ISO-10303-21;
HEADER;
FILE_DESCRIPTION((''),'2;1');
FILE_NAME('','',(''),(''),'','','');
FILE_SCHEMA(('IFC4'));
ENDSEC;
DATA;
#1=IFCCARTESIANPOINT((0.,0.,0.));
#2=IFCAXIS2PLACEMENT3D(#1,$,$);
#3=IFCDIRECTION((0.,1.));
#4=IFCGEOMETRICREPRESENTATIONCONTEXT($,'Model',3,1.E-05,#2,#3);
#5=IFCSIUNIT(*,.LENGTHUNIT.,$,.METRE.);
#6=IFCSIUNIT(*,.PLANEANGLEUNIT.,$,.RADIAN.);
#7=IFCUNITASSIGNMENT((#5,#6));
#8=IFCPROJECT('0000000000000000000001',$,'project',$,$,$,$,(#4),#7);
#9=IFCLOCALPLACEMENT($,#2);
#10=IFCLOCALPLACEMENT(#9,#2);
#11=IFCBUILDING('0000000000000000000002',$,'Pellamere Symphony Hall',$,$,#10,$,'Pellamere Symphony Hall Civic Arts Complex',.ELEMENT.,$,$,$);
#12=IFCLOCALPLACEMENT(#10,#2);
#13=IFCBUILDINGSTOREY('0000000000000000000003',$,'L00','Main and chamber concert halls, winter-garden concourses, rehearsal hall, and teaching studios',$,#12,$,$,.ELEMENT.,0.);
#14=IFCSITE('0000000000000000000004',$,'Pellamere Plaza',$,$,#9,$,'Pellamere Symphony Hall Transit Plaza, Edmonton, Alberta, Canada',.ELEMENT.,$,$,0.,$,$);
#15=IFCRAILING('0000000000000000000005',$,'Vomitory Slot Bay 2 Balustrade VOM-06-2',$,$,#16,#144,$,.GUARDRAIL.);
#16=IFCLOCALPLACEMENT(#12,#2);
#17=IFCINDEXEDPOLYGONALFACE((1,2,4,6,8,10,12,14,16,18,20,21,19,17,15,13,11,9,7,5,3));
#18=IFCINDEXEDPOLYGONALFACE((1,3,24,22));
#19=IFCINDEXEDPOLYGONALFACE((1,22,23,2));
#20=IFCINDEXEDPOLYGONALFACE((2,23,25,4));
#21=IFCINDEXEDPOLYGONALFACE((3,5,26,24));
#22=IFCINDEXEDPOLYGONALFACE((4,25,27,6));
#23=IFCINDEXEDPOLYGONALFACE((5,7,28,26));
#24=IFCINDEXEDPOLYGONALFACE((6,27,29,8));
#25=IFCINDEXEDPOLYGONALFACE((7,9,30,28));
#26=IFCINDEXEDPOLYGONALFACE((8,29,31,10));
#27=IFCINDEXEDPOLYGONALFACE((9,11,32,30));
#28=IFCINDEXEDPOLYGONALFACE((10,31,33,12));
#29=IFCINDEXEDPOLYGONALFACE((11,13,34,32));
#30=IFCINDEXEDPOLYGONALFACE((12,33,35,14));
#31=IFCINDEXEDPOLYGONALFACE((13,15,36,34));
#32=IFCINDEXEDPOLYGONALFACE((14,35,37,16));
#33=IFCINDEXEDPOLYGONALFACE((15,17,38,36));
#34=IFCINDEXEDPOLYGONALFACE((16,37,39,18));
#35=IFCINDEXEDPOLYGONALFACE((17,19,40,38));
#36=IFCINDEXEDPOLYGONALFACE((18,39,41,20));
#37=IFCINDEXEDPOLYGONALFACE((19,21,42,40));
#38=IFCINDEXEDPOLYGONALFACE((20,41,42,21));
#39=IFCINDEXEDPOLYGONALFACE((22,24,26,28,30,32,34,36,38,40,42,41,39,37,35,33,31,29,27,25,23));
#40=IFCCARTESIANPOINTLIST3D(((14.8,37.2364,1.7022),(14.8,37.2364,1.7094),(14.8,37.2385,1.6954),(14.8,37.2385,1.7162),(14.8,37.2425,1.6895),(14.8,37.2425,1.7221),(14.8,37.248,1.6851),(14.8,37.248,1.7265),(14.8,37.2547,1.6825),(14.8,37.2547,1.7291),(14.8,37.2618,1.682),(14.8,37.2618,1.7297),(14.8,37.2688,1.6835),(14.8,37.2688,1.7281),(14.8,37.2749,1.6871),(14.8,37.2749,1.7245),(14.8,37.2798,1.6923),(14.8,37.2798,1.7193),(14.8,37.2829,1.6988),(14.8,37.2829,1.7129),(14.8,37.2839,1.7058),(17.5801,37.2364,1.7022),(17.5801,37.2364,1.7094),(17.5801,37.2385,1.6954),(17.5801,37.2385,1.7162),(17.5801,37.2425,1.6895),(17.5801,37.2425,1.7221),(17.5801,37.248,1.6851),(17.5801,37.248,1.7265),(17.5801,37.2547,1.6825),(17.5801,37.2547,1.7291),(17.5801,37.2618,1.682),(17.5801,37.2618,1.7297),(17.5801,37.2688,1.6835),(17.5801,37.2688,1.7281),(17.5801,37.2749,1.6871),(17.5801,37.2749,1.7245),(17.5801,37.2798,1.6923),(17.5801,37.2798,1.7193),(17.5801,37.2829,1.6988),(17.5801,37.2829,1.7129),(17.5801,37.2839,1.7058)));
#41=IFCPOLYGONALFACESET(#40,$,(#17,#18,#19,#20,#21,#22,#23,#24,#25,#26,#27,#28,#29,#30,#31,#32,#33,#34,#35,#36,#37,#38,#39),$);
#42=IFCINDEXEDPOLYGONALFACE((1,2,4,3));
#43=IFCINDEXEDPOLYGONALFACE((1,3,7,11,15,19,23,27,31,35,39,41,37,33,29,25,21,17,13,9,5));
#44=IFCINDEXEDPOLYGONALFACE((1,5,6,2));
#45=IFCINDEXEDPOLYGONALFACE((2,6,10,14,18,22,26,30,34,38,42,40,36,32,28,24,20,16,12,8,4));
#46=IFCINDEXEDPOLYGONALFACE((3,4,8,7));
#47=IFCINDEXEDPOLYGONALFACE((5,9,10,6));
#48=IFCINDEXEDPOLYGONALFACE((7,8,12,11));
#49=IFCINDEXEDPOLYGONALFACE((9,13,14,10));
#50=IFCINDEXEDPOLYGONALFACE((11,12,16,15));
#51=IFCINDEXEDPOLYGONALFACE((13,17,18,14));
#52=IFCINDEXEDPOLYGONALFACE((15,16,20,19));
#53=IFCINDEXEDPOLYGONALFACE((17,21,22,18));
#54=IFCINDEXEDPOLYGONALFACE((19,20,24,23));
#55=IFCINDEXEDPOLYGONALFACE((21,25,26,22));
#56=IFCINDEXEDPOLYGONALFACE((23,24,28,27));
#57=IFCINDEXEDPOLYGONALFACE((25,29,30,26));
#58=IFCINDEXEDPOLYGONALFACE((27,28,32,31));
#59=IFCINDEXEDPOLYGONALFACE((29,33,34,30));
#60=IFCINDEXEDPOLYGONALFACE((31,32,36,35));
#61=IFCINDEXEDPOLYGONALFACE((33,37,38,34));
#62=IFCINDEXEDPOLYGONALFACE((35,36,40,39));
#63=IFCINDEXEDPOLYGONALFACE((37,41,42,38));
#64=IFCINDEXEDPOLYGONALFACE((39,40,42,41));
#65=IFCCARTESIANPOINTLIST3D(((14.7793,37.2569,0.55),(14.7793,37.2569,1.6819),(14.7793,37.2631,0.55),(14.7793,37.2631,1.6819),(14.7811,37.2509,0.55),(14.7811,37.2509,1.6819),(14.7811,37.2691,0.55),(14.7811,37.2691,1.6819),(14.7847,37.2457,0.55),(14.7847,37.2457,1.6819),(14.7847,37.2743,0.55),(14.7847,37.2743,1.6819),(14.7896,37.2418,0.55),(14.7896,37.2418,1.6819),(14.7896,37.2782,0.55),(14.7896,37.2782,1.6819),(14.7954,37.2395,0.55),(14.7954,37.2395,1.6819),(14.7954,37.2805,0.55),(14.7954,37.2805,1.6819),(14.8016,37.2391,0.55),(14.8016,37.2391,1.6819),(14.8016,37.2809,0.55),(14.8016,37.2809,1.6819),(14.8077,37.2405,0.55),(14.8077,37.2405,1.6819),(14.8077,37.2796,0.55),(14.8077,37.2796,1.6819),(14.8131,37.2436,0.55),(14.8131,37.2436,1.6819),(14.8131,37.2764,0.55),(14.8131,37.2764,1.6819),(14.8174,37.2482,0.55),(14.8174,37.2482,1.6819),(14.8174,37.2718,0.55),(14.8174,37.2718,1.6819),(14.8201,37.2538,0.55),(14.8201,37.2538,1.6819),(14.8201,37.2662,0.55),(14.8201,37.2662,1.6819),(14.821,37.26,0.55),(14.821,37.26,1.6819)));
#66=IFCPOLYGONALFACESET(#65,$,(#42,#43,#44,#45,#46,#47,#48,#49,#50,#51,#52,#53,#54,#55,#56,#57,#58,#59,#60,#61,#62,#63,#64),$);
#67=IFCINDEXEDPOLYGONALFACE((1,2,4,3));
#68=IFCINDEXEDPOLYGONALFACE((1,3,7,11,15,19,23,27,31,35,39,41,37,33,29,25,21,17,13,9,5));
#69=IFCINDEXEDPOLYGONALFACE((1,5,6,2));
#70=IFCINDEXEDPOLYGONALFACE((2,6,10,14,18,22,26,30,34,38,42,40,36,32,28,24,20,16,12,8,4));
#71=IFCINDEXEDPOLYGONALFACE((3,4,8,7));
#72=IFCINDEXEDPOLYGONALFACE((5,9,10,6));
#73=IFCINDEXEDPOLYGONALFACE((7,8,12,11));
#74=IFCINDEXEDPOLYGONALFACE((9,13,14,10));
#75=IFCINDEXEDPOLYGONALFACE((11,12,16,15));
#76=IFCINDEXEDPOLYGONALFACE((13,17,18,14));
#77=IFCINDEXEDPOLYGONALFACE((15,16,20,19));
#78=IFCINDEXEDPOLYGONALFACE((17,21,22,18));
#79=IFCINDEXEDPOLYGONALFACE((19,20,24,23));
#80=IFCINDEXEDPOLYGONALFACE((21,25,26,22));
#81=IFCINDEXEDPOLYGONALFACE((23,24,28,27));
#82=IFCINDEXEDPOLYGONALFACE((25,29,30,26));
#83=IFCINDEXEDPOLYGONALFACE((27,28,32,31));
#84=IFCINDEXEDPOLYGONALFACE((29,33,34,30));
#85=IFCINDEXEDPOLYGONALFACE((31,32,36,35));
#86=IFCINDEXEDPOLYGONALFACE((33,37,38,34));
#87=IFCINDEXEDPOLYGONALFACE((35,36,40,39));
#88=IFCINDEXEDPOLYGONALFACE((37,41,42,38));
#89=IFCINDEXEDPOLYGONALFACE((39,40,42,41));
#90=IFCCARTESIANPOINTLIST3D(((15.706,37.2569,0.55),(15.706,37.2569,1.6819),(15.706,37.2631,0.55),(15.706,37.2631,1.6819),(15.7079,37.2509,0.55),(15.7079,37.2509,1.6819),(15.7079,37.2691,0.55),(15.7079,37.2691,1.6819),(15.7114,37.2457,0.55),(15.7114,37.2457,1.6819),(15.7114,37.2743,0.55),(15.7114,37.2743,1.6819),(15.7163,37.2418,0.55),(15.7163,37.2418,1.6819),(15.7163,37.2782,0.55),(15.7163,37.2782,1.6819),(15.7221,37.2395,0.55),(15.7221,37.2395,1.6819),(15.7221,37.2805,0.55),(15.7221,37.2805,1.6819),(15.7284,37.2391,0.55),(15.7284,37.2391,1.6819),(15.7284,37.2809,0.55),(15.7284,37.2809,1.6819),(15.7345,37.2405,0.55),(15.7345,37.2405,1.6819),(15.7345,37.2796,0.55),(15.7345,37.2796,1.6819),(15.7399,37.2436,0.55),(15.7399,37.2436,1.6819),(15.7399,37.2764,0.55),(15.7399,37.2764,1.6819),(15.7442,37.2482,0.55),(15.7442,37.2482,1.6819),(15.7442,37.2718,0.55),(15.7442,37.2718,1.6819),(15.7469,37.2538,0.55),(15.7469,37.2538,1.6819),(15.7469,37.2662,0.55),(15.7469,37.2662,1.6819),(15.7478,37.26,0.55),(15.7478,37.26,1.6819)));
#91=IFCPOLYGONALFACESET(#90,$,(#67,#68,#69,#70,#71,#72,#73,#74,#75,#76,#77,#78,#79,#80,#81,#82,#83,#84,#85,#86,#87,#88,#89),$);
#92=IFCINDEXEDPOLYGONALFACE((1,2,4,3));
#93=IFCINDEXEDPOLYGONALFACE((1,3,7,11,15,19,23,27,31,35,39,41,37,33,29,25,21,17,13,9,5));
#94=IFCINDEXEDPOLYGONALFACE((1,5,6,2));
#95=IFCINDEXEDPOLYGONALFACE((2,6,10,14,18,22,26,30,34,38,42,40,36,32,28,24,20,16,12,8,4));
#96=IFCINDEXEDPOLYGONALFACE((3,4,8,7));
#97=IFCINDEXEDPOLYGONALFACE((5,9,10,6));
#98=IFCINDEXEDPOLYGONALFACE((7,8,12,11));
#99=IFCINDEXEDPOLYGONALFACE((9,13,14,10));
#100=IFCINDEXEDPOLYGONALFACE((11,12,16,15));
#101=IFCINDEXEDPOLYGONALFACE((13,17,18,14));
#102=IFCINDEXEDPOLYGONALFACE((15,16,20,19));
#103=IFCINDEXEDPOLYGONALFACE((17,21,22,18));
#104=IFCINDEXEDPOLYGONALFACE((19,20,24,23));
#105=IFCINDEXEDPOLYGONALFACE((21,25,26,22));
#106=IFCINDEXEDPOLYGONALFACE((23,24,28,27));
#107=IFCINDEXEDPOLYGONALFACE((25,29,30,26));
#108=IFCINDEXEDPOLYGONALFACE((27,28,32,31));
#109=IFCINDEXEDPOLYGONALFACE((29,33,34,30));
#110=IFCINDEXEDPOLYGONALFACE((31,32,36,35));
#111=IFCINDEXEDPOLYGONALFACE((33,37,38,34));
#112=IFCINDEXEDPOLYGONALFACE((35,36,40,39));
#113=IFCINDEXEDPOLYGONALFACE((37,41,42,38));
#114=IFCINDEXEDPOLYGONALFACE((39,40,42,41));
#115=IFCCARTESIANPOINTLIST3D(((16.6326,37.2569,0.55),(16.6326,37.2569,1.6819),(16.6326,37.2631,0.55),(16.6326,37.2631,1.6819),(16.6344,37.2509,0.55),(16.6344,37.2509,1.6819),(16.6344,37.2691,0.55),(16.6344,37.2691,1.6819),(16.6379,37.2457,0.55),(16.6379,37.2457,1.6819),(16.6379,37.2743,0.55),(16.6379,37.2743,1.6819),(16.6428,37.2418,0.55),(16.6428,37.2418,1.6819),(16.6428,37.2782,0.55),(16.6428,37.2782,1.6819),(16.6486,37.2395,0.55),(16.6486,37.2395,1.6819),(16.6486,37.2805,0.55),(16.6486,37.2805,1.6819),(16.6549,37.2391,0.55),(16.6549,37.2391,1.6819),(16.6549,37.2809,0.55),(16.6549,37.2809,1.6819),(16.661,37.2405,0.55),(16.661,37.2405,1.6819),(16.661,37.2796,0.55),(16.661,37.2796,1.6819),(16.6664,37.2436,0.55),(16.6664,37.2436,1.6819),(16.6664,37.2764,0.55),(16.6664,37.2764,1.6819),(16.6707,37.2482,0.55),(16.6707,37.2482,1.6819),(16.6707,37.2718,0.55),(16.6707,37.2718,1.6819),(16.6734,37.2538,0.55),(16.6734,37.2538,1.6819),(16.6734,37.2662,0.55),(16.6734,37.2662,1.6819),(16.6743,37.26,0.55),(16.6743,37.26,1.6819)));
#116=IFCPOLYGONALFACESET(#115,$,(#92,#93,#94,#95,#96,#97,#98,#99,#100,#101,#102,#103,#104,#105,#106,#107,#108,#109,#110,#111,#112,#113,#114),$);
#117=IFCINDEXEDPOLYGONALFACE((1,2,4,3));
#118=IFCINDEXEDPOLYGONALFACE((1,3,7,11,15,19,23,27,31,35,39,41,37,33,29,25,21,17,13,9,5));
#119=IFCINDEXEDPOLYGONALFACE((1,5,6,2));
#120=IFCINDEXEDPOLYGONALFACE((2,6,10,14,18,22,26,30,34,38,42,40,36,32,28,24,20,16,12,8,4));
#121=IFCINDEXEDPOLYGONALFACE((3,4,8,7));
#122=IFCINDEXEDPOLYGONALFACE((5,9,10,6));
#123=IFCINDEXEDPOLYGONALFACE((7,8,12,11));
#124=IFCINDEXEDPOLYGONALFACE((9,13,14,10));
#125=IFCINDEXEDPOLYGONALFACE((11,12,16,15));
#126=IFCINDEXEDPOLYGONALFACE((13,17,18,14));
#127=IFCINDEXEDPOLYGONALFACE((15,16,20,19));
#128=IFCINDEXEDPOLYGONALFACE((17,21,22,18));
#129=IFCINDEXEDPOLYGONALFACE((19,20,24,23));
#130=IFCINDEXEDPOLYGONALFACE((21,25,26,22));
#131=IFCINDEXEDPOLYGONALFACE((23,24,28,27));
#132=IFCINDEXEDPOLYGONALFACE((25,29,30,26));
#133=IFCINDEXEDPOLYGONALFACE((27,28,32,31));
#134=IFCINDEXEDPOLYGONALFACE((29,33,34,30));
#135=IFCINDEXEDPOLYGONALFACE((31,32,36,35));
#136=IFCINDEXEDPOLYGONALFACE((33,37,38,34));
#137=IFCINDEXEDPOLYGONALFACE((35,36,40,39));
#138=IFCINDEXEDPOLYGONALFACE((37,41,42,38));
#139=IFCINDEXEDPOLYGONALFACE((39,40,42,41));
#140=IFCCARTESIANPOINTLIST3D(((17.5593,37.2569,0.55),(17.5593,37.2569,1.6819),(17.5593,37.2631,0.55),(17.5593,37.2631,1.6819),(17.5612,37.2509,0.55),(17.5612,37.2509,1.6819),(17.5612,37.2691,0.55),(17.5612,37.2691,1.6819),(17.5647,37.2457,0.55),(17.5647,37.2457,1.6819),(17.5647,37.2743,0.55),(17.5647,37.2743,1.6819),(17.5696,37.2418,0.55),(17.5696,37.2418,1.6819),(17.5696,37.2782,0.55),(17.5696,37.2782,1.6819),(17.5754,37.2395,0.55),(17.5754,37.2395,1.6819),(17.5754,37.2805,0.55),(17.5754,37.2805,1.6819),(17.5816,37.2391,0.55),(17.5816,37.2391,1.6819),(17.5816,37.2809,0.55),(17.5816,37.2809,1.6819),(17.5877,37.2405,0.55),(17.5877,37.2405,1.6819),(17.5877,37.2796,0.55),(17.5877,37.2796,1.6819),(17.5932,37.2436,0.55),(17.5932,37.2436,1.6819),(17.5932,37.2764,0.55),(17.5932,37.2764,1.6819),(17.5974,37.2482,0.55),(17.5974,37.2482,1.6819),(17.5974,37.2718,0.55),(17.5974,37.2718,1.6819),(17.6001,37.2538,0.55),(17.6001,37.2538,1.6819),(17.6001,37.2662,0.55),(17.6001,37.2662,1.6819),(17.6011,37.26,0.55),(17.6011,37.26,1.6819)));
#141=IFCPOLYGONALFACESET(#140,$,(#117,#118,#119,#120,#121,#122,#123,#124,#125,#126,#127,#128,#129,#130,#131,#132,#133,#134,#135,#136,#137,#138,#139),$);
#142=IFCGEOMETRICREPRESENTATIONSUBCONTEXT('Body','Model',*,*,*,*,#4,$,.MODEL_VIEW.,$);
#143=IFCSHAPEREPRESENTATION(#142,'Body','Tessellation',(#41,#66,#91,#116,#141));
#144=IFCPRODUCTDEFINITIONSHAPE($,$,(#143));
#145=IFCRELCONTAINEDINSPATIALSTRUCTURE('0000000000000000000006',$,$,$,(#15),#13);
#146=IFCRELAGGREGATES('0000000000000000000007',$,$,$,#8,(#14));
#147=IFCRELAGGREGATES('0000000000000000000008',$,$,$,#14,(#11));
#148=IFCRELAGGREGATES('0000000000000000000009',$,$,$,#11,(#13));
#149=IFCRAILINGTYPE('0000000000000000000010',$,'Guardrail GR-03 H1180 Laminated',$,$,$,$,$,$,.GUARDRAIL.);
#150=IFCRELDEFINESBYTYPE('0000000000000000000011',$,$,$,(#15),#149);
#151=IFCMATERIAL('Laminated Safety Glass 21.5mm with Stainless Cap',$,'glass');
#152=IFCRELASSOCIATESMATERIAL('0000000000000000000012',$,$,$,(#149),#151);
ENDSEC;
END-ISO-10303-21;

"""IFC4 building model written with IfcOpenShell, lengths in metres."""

from ifc_helpers import new_model, si_unit, direction, frame, origin, origin_2d, place, context, subcontext, project, spatial, circle, extrude, material, type_object, element, save


model = new_model("IFC4")

# Units and contexts
model_context = context("Model", 3, precision=1e-05, world=origin(), true_north=direction((0.0, 1.0)))
body_context = subcontext(model_context, "Body", "Model", "MODEL_VIEW")
ifc_project = project(units=[si_unit("LENGTHUNIT", "METRE"), si_unit("PLANEANGLEUNIT", "RADIAN")], contexts=[model_context])

# Site, building, storey
site_placement = place(None, origin())
site = spatial("IfcSite", under=ifc_project, at=site_placement, Name="Pellamere Plaza", LongName="Pellamere Symphony Hall Transit Plaza, Edmonton, Alberta, Canada", CompositionType="ELEMENT", RefElevation=0.0)
building_placement = place(site_placement, origin())
building = spatial("IfcBuilding", under=site, at=building_placement, Name="Pellamere Symphony Hall", LongName="Pellamere Symphony Hall Civic Arts Complex", CompositionType="ELEMENT")
storey_placement = place(building_placement, origin())
storey = spatial("IfcBuildingStorey", under=building, at=storey_placement, Name="L00", Description="Main and chamber concert halls, winter-garden concourses, rehearsal hall, and teaching studios", CompositionType="ELEMENT", Elevation=0.0)

# Railing
ifc_material_1 = material(Name="Laminated Safety Glass 21.5mm with Stainless Cap", Category="glass")
railing_type_1 = type_object("IfcRailingType", Name="Guardrail GR-03 H1180 Laminated", PredefinedType="GUARDRAIL", material=ifc_material_1)
for number, where, name in (
    (1, (14.8, 37.26, 0.55), "Vomitory Slot Bay 2 Balustrade VOM-06-2"),
):
    element("IfcRailing", number, at=place(storey_placement, frame(where)), inside=storey, type_object=railing_type_1, Name=name, PredefinedType="GUARDRAIL", context=body_context, shape_type="SweptSolid", body=[
        extrude(circle(Radius=0.0239, at=origin_2d()), frame((0.0, 0.0, 1.1558), z_axis=(1.0, 0.0, 0.0), x_axis=(0.0, 1.0, 0.0)), (0.0, 0.0, 1.0), 2.78),
        extrude(circle(Radius=0.021, at=origin_2d()), origin(), (0.0, 0.0, 1.0), 1.1318),
        extrude(circle(Radius=0.021, at=origin_2d()), frame((0.9268, 0.0, 0.0)), (0.0, 0.0, 1.0), 1.1318),
        extrude(circle(Radius=0.021, at=origin_2d()), frame((1.8533, 0.0, 0.0)), (0.0, 0.0, 1.0), 1.1318),
        extrude(circle(Radius=0.021, at=origin_2d()), frame((2.78, 0.0, 0.0)), (0.0, 0.0, 1.0), 1.1318),
    ])

save(model, "model.ifc")
